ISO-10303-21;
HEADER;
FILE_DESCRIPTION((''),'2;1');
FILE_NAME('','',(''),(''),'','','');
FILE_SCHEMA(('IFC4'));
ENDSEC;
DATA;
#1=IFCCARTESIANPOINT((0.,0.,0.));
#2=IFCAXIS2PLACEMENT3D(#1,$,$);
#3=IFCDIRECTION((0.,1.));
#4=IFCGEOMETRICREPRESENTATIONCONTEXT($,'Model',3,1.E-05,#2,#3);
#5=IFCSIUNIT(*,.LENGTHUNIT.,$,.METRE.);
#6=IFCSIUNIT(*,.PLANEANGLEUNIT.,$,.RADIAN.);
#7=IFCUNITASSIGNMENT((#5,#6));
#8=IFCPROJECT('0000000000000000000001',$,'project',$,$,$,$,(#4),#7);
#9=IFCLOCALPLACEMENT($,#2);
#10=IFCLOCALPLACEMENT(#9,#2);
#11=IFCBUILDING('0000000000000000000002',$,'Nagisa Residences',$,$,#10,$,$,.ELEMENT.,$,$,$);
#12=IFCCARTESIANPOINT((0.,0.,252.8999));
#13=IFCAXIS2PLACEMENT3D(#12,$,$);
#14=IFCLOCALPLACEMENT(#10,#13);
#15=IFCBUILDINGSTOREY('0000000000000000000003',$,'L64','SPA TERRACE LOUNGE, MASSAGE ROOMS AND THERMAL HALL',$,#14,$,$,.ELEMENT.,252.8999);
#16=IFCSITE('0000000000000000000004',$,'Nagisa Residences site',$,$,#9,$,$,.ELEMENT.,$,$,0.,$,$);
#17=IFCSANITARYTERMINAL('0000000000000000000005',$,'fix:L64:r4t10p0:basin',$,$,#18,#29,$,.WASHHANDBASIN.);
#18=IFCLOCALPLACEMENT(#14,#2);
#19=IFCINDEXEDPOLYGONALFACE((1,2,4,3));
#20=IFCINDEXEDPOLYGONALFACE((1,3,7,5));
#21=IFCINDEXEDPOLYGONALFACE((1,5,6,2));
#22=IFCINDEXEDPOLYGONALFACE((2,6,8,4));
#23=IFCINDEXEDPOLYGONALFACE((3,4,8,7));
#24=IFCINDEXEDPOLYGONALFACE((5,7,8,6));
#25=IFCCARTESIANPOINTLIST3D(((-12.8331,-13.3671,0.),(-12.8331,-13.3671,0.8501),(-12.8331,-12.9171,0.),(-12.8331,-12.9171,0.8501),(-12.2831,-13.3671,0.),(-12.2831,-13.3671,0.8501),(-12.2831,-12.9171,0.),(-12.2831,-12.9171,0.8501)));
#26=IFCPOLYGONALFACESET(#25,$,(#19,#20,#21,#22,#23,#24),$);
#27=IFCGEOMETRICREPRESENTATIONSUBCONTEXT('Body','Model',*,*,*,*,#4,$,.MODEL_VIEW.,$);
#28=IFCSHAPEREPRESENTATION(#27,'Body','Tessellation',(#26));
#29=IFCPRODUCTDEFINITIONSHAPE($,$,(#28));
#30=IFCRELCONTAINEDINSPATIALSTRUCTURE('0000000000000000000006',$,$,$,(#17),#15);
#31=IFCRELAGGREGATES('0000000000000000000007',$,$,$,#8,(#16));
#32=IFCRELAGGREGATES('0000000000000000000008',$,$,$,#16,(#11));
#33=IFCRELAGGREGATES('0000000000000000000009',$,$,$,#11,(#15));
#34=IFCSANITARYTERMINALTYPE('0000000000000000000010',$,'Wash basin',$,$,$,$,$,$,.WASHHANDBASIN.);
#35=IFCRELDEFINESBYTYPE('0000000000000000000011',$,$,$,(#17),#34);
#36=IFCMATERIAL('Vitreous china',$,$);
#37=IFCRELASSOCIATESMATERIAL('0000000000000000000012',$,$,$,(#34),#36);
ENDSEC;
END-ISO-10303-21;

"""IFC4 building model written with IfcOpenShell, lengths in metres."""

from ifc_helpers import new_model, si_unit, direction, frame, origin, origin_2d, place, context, subcontext, project, spatial, rectangle, extrude, material, type_object, element, save


model = new_model("IFC4")

# Units and contexts
model_context = context("Model", 3, precision=1e-05, world=origin(), true_north=direction((0.0, 1.0)))
body_context = subcontext(model_context, "Body", "Model", "MODEL_VIEW")
ifc_project = project(units=[si_unit("LENGTHUNIT", "METRE"), si_unit("PLANEANGLEUNIT", "RADIAN")], contexts=[model_context])

# Site, building, storey
site_placement = place(None, origin())
site = spatial("IfcSite", under=ifc_project, at=site_placement, Name="Nagisa Residences site", CompositionType="ELEMENT", RefElevation=0.0)
building_placement = place(site_placement, origin())
building = spatial("IfcBuilding", under=site, at=building_placement, Name="Nagisa Residences", CompositionType="ELEMENT")
storey_placement = place(building_placement, frame((0.0, 0.0, 252.8999)))
storey = spatial("IfcBuildingStorey", under=building, at=storey_placement, Name="L64", Description="SPA TERRACE LOUNGE, MASSAGE ROOMS AND THERMAL HALL", CompositionType="ELEMENT", Elevation=252.8999)

# Sanitary terminal
ifc_material_1 = material(Name="Vitreous china")
sanitary_terminal_type_1 = type_object("IfcSanitaryTerminalType", Name="Wash basin", PredefinedType="WASHHANDBASIN", material=ifc_material_1)
sanitary_terminal_1_placement = place(storey_placement, frame((-12.5581, -13.1421, 0.0), z_axis=(0.0, 0.0, 1.0), x_axis=(1.0, 0.0, 0.0)))
element("IfcSanitaryTerminal", 1, at=sanitary_terminal_1_placement, inside=storey, type_object=sanitary_terminal_type_1, Name="fix:L64:r4t10p0:basin", PredefinedType="WASHHANDBASIN", context=body_context, shape_type="SweptSolid", body=[
    extrude(rectangle(XDim=0.55, YDim=0.45, at=origin_2d()), origin(), (0.0, 0.0, 1.0), 0.8501),
])

save(model, "model.ifc")
